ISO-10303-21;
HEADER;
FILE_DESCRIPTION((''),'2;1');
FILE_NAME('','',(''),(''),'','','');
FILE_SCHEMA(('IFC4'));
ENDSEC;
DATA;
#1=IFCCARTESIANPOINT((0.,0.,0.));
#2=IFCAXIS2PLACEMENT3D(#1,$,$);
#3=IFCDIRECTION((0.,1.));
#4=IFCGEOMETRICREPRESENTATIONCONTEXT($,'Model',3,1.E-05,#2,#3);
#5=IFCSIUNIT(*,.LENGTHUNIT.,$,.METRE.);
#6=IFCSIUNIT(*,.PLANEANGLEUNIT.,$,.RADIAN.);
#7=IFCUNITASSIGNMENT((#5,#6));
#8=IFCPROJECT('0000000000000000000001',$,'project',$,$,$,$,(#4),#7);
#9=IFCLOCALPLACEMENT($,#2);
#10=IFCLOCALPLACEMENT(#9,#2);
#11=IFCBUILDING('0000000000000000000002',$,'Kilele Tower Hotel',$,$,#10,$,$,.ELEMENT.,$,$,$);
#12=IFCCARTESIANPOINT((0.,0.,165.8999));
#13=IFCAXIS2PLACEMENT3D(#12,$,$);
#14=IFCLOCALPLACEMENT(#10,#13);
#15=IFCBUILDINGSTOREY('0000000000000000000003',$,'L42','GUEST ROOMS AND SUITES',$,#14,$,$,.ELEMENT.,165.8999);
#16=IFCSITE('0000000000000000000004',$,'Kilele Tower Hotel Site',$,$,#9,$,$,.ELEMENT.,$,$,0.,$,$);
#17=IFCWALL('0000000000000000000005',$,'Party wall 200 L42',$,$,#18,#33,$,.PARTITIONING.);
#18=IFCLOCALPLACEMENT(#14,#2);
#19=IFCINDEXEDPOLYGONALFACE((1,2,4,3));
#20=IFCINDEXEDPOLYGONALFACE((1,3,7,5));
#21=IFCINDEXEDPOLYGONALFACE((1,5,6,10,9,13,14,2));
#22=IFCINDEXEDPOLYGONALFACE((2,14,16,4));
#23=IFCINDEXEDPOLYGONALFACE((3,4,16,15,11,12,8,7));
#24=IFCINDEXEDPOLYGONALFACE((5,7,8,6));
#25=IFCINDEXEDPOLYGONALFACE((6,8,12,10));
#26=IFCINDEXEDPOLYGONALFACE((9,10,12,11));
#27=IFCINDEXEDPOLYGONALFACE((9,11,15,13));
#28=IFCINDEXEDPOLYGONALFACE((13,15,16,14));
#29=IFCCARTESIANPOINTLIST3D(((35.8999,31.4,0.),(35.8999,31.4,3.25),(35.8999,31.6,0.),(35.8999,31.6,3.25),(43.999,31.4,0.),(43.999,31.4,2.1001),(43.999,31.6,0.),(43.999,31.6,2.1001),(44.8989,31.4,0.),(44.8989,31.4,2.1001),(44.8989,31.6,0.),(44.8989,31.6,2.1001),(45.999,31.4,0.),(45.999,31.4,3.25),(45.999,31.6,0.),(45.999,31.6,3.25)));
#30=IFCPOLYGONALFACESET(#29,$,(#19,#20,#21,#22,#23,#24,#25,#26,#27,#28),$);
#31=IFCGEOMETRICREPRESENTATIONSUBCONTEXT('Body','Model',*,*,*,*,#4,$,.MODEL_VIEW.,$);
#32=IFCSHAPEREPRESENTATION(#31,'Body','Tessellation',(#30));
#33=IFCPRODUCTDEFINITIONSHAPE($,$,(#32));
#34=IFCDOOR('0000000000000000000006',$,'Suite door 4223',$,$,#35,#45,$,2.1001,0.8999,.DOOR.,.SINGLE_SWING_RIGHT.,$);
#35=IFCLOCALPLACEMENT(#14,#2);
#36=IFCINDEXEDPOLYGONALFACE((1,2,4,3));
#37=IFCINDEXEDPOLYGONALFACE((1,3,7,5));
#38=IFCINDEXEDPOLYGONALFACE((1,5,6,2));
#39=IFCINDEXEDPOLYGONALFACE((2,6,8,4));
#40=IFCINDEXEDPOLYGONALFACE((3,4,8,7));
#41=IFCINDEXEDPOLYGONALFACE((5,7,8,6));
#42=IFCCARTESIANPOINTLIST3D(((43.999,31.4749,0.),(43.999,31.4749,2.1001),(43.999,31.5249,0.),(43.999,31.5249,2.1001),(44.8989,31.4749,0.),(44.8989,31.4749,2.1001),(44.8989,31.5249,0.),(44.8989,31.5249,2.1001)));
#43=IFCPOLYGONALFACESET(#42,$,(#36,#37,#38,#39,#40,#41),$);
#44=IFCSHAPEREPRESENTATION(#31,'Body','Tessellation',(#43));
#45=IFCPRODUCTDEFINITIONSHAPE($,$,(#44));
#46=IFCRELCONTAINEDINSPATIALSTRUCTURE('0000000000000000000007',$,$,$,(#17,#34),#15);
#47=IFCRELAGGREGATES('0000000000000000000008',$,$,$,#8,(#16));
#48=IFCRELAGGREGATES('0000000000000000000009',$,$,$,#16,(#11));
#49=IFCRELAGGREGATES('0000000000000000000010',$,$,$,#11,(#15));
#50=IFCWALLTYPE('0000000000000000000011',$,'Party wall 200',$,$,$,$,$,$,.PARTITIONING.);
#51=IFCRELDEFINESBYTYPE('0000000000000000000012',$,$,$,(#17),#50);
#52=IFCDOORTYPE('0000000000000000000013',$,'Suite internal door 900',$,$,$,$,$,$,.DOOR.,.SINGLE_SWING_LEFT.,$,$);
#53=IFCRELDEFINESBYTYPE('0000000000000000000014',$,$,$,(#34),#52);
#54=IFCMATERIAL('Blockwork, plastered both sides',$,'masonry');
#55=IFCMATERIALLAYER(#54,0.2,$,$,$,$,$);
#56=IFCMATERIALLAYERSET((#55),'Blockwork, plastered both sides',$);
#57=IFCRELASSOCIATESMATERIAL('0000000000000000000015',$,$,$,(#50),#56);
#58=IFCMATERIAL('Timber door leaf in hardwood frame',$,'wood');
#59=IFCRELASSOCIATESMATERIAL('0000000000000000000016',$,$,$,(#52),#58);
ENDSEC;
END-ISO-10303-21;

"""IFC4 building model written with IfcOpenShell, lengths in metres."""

from ifc_helpers import new_model, si_unit, direction, frame, frame_2d, origin, place, context, subcontext, project, spatial, rectangle, extrude, material, layer, layer_set, type_object, element, fill, save


model = new_model("IFC4")

# Units and contexts
model_context = context("Model", 3, precision=1e-05, world=origin(), true_north=direction((0.0, 1.0)))
body_context = subcontext(model_context, "Body", "Model", "MODEL_VIEW")
ifc_project = project(units=[si_unit("LENGTHUNIT", "METRE"), si_unit("PLANEANGLEUNIT", "RADIAN")], contexts=[model_context])

# Site, building, storey
site_placement = place(None, origin())
site = spatial("IfcSite", under=ifc_project, at=site_placement, Name="Kilele Tower Hotel Site", CompositionType="ELEMENT", RefElevation=0.0)
building_placement = place(site_placement, origin())
building = spatial("IfcBuilding", under=site, at=building_placement, Name="Kilele Tower Hotel", CompositionType="ELEMENT")
storey_placement = place(building_placement, frame((0.0, 0.0, 165.8999)))
storey = spatial("IfcBuildingStorey", under=building, at=storey_placement, Name="L42", Description="GUEST ROOMS AND SUITES", CompositionType="ELEMENT", Elevation=165.8999)

# Wall, opening, door
ifc_material_1 = material(Name="Blockwork, plastered both sides", Category="masonry")
ifc_layer_1 = layer(ifc_material_1, 0.2)
ifc_layer_set_1 = layer_set([ifc_layer_1], Name="Blockwork, plastered both sides")
wall_type_1 = type_object("IfcWallType", Name="Party wall 200", PredefinedType="PARTITIONING", material=ifc_layer_set_1)
wall_1_placement = place(storey_placement, frame((35.8999, 31.5, 0.0), z_axis=(0.0, 0.0, 1.0), x_axis=(1.0, 0.0, 0.0)))
wall_1 = element("IfcWall", 1, at=wall_1_placement, inside=storey, type_object=wall_type_1, Name="Party wall 200 L42", PredefinedType="PARTITIONING", context=body_context, shape_type="SweptSolid", body=[
    extrude(rectangle(XDim=10.0991, YDim=0.2, at=frame_2d((5.0496, 0.0))), origin(), (0.0, 0.0, 1.0), 3.25),
])
opening_1_placement = place(wall_1_placement, frame((8.0991, 0.0, 0.0)))
opening_1 = element("IfcOpeningElement", 2, at=opening_1_placement, cuts=wall_1, PredefinedType="OPENING", context=body_context, shape_type="SweptSolid", body=[
    extrude(rectangle(XDim=0.8999, YDim=2.1001, at=frame_2d((0.45, 1.05))), frame((0.0, 0.1099, 0.0), z_axis=(0.0, -1.0, 0.0), x_axis=(1.0, 0.0, 0.0)), (0.0, 0.0, 1.0), 0.22),
])
ifc_material_2 = material(Name="Timber door leaf in hardwood frame", Category="wood")
door_type_1 = type_object("IfcDoorType", Name="Suite internal door 900", OperationType="SINGLE_SWING_LEFT", PredefinedType="DOOR", material=ifc_material_2)
door_1_placement = place(opening_1_placement, origin())
door_1 = element("IfcDoor", 3, at=door_1_placement, inside=storey, type_object=door_type_1, Name="Suite door 4223", OperationType="SINGLE_SWING_RIGHT", OverallHeight=2.1001, OverallWidth=0.8999, PredefinedType="DOOR", context=body_context, shape_type="SweptSolid", body=[
    extrude(rectangle(XDim=0.8999, YDim=2.1001, at=frame_2d((0.45, 1.05))), frame((0.0, 0.0249, 0.0), z_axis=(0.0, -1.0, 0.0), x_axis=(1.0, 0.0, 0.0)), (0.0, 0.0, 1.0), 0.05),
])
fill(opening_1, door_1)

save(model, "model.ifc")
